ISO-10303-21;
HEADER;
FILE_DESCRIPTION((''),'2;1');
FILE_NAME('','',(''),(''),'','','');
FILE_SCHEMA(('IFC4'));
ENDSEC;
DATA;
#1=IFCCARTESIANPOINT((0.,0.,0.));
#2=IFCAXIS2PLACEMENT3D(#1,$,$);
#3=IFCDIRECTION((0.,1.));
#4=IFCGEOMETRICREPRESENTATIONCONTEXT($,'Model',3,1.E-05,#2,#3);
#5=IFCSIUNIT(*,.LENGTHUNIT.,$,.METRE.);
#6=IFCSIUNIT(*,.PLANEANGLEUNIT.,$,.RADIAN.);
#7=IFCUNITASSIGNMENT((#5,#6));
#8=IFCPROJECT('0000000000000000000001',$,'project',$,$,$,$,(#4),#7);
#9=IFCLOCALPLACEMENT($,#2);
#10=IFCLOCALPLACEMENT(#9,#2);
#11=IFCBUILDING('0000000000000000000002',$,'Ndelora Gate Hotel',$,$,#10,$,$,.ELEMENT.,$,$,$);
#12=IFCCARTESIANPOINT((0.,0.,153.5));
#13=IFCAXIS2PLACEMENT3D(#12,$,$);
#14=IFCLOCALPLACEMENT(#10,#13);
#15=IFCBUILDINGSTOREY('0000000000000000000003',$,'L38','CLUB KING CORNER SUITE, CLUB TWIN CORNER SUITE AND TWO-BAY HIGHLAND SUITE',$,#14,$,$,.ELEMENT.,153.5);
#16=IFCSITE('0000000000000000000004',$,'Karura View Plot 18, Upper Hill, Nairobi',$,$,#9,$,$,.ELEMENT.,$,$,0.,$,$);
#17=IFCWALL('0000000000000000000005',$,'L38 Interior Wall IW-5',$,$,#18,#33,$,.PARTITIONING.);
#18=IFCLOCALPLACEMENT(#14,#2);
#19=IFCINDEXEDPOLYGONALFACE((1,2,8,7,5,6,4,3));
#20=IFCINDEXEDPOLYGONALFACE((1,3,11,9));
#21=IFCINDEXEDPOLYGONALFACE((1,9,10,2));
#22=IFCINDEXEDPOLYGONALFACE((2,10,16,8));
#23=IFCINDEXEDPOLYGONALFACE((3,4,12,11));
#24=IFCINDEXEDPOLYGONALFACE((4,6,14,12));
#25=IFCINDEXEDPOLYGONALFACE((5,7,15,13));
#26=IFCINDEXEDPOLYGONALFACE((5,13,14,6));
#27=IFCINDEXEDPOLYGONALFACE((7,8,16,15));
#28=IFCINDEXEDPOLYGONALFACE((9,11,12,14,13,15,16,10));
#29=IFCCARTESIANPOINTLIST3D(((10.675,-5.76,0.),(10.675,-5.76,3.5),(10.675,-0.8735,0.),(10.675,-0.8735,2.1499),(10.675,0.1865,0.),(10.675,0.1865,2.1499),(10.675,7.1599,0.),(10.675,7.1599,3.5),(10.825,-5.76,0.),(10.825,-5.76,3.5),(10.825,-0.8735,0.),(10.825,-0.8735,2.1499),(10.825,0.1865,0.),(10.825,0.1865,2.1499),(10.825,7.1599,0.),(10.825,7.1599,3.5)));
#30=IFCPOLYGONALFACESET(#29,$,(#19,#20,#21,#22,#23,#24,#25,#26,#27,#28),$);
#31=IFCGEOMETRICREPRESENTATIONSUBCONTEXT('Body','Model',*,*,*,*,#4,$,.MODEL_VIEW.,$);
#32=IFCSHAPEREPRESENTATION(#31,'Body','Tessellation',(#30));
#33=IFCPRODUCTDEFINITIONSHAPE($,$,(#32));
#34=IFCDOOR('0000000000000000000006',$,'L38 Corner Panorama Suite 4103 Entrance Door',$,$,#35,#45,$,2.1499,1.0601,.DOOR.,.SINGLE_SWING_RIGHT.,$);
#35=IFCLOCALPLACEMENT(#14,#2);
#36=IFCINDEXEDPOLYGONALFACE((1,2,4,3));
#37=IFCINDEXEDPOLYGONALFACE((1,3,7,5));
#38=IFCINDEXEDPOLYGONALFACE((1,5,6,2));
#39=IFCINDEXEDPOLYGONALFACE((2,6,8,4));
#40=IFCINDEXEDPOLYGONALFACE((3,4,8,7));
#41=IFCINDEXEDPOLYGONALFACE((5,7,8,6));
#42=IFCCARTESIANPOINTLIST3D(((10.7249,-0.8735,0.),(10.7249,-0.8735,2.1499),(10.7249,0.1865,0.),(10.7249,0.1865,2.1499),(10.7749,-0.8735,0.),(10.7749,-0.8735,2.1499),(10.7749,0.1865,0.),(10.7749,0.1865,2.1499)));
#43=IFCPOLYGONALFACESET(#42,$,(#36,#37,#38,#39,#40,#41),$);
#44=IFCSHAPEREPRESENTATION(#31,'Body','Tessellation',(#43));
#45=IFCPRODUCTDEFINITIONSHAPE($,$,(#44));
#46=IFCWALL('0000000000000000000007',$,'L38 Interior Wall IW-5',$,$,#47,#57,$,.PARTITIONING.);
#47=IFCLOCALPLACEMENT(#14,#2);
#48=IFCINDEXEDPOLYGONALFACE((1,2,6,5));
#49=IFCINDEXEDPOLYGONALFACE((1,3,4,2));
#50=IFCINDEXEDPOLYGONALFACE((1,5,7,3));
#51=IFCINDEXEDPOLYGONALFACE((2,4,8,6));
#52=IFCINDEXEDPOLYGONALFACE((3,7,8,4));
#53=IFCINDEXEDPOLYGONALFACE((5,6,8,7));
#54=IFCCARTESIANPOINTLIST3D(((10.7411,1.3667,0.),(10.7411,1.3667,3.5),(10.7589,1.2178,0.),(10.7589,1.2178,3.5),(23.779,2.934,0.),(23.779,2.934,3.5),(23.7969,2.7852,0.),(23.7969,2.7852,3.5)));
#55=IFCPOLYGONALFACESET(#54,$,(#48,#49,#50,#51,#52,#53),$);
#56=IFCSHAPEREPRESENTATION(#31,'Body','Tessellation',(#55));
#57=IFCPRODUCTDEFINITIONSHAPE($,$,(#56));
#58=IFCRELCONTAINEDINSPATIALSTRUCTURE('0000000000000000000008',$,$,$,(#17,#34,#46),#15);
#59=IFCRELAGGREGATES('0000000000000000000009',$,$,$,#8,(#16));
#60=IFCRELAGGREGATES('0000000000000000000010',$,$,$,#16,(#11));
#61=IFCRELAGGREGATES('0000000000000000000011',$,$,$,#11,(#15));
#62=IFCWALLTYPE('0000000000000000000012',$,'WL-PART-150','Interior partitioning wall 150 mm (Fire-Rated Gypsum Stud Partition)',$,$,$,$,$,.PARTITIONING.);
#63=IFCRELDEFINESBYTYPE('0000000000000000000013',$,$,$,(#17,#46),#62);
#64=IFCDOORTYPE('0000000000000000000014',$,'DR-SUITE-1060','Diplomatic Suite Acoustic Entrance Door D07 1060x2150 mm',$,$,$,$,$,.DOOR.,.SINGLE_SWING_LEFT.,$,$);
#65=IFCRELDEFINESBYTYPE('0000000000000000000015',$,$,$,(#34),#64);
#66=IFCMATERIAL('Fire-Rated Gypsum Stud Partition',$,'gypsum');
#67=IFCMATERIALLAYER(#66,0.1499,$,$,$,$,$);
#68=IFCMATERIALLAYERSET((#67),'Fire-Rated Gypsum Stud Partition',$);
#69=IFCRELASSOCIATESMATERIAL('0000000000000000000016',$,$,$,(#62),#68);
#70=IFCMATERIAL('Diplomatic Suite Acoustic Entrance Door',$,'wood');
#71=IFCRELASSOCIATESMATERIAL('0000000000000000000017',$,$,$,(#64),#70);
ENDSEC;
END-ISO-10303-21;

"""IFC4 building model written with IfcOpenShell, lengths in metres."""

from ifc_helpers import new_model, si_unit, direction, frame, frame_2d, origin, place, context, subcontext, project, spatial, rectangle, extrude, material, layer, layer_set, type_object, element, fill, save


model = new_model("IFC4")

# Units and contexts
model_context = context("Model", 3, precision=1e-05, world=origin(), true_north=direction((0.0, 1.0)))
body_context = subcontext(model_context, "Body", "Model", "MODEL_VIEW")
ifc_project = project(units=[si_unit("LENGTHUNIT", "METRE"), si_unit("PLANEANGLEUNIT", "RADIAN")], contexts=[model_context])

# Site, building, storey
site_placement = place(None, origin())
site = spatial("IfcSite", under=ifc_project, at=site_placement, Name="Karura View Plot 18, Upper Hill, Nairobi", CompositionType="ELEMENT", RefElevation=0.0)
building_placement = place(site_placement, origin())
building = spatial("IfcBuilding", under=site, at=building_placement, Name="Ndelora Gate Hotel", CompositionType="ELEMENT")
storey_placement = place(building_placement, frame((0.0, 0.0, 153.5)))
storey = spatial("IfcBuildingStorey", under=building, at=storey_placement, Name="L38", Description="CLUB KING CORNER SUITE, CLUB TWIN CORNER SUITE AND TWO-BAY HIGHLAND SUITE", CompositionType="ELEMENT", Elevation=153.5)

# Wall, opening, door
ifc_material_1 = material(Name="Fire-Rated Gypsum Stud Partition", Category="gypsum")
ifc_layer_1 = layer(ifc_material_1, 0.1499)
ifc_layer_set_1 = layer_set([ifc_layer_1], Name="Fire-Rated Gypsum Stud Partition")
wall_type_1 = type_object("IfcWallType", Name="WL-PART-150", Description="Interior partitioning wall 150 mm (Fire-Rated Gypsum Stud Partition)", PredefinedType="PARTITIONING", material=ifc_layer_set_1)
wall_1_placement = place(storey_placement, frame((10.75, 7.1599, 0.0), z_axis=(0.0, 0.0, 1.0), x_axis=(0.0, -1.0, 0.0)))
wall_1 = element("IfcWall", 1, at=wall_1_placement, inside=storey, type_object=wall_type_1, Name="L38 Interior Wall IW-5", PredefinedType="PARTITIONING", context=body_context, shape_type="SweptSolid", body=[
    extrude(rectangle(XDim=12.9199, YDim=0.1499, at=frame_2d((6.46, 0.0))), origin(), (0.0, 0.0, 1.0), 3.5),
])
opening_1_placement = place(wall_1_placement, frame((6.9734, 0.0, 0.0)))
opening_1 = element("IfcOpeningElement", 2, at=opening_1_placement, cuts=wall_1, PredefinedType="OPENING", context=body_context, shape_type="SweptSolid", body=[
    extrude(rectangle(XDim=1.0601, YDim=2.1499, at=frame_2d((0.53, 1.075))), frame((0.0, 0.085, 0.0), z_axis=(0.0, -1.0, 0.0), x_axis=(1.0, 0.0, 0.0)), (0.0, 0.0, 1.0), 0.1699),
])
ifc_material_2 = material(Name="Diplomatic Suite Acoustic Entrance Door", Category="wood")
door_type = type_object("IfcDoorType", Name="DR-SUITE-1060", Description="Diplomatic Suite Acoustic Entrance Door D07 1060x2150 mm", OperationType="SINGLE_SWING_LEFT", PredefinedType="DOOR", material=ifc_material_2)
door_placement = place(opening_1_placement, origin())
door = element("IfcDoor", 3, at=door_placement, inside=storey, type_object=door_type, Name="L38 Corner Panorama Suite 4103 Entrance Door", OperationType="SINGLE_SWING_RIGHT", OverallHeight=2.1499, OverallWidth=1.0601, PredefinedType="DOOR", context=body_context, shape_type="SweptSolid", body=[
    extrude(rectangle(XDim=1.0601, YDim=2.1499, at=frame_2d((0.53, 1.075))), frame((0.0, 0.0249, 0.0), z_axis=(0.0, -1.0, 0.0), x_axis=(1.0, 0.0, 0.0)), (0.0, 0.0, 1.0), 0.05),
])
fill(opening_1, door)

# Wall
wall_2_placement = place(storey_placement, frame((10.75, 1.2922, 0.0), z_axis=(0.0, 0.0, 1.0), x_axis=(0.992851, 0.119359, 0.0)))
element("IfcWall", 4, at=wall_2_placement, inside=storey, type_object=wall_type_1, Name="L38 Interior Wall IW-5", PredefinedType="PARTITIONING", context=body_context, shape_type="SweptSolid", body=[
    extrude(rectangle(XDim=13.1318, YDim=0.1499, at=frame_2d((6.5659, 0.0))), origin(), (0.0, 0.0, 1.0), 3.5),
])

save(model, "model.ifc")
